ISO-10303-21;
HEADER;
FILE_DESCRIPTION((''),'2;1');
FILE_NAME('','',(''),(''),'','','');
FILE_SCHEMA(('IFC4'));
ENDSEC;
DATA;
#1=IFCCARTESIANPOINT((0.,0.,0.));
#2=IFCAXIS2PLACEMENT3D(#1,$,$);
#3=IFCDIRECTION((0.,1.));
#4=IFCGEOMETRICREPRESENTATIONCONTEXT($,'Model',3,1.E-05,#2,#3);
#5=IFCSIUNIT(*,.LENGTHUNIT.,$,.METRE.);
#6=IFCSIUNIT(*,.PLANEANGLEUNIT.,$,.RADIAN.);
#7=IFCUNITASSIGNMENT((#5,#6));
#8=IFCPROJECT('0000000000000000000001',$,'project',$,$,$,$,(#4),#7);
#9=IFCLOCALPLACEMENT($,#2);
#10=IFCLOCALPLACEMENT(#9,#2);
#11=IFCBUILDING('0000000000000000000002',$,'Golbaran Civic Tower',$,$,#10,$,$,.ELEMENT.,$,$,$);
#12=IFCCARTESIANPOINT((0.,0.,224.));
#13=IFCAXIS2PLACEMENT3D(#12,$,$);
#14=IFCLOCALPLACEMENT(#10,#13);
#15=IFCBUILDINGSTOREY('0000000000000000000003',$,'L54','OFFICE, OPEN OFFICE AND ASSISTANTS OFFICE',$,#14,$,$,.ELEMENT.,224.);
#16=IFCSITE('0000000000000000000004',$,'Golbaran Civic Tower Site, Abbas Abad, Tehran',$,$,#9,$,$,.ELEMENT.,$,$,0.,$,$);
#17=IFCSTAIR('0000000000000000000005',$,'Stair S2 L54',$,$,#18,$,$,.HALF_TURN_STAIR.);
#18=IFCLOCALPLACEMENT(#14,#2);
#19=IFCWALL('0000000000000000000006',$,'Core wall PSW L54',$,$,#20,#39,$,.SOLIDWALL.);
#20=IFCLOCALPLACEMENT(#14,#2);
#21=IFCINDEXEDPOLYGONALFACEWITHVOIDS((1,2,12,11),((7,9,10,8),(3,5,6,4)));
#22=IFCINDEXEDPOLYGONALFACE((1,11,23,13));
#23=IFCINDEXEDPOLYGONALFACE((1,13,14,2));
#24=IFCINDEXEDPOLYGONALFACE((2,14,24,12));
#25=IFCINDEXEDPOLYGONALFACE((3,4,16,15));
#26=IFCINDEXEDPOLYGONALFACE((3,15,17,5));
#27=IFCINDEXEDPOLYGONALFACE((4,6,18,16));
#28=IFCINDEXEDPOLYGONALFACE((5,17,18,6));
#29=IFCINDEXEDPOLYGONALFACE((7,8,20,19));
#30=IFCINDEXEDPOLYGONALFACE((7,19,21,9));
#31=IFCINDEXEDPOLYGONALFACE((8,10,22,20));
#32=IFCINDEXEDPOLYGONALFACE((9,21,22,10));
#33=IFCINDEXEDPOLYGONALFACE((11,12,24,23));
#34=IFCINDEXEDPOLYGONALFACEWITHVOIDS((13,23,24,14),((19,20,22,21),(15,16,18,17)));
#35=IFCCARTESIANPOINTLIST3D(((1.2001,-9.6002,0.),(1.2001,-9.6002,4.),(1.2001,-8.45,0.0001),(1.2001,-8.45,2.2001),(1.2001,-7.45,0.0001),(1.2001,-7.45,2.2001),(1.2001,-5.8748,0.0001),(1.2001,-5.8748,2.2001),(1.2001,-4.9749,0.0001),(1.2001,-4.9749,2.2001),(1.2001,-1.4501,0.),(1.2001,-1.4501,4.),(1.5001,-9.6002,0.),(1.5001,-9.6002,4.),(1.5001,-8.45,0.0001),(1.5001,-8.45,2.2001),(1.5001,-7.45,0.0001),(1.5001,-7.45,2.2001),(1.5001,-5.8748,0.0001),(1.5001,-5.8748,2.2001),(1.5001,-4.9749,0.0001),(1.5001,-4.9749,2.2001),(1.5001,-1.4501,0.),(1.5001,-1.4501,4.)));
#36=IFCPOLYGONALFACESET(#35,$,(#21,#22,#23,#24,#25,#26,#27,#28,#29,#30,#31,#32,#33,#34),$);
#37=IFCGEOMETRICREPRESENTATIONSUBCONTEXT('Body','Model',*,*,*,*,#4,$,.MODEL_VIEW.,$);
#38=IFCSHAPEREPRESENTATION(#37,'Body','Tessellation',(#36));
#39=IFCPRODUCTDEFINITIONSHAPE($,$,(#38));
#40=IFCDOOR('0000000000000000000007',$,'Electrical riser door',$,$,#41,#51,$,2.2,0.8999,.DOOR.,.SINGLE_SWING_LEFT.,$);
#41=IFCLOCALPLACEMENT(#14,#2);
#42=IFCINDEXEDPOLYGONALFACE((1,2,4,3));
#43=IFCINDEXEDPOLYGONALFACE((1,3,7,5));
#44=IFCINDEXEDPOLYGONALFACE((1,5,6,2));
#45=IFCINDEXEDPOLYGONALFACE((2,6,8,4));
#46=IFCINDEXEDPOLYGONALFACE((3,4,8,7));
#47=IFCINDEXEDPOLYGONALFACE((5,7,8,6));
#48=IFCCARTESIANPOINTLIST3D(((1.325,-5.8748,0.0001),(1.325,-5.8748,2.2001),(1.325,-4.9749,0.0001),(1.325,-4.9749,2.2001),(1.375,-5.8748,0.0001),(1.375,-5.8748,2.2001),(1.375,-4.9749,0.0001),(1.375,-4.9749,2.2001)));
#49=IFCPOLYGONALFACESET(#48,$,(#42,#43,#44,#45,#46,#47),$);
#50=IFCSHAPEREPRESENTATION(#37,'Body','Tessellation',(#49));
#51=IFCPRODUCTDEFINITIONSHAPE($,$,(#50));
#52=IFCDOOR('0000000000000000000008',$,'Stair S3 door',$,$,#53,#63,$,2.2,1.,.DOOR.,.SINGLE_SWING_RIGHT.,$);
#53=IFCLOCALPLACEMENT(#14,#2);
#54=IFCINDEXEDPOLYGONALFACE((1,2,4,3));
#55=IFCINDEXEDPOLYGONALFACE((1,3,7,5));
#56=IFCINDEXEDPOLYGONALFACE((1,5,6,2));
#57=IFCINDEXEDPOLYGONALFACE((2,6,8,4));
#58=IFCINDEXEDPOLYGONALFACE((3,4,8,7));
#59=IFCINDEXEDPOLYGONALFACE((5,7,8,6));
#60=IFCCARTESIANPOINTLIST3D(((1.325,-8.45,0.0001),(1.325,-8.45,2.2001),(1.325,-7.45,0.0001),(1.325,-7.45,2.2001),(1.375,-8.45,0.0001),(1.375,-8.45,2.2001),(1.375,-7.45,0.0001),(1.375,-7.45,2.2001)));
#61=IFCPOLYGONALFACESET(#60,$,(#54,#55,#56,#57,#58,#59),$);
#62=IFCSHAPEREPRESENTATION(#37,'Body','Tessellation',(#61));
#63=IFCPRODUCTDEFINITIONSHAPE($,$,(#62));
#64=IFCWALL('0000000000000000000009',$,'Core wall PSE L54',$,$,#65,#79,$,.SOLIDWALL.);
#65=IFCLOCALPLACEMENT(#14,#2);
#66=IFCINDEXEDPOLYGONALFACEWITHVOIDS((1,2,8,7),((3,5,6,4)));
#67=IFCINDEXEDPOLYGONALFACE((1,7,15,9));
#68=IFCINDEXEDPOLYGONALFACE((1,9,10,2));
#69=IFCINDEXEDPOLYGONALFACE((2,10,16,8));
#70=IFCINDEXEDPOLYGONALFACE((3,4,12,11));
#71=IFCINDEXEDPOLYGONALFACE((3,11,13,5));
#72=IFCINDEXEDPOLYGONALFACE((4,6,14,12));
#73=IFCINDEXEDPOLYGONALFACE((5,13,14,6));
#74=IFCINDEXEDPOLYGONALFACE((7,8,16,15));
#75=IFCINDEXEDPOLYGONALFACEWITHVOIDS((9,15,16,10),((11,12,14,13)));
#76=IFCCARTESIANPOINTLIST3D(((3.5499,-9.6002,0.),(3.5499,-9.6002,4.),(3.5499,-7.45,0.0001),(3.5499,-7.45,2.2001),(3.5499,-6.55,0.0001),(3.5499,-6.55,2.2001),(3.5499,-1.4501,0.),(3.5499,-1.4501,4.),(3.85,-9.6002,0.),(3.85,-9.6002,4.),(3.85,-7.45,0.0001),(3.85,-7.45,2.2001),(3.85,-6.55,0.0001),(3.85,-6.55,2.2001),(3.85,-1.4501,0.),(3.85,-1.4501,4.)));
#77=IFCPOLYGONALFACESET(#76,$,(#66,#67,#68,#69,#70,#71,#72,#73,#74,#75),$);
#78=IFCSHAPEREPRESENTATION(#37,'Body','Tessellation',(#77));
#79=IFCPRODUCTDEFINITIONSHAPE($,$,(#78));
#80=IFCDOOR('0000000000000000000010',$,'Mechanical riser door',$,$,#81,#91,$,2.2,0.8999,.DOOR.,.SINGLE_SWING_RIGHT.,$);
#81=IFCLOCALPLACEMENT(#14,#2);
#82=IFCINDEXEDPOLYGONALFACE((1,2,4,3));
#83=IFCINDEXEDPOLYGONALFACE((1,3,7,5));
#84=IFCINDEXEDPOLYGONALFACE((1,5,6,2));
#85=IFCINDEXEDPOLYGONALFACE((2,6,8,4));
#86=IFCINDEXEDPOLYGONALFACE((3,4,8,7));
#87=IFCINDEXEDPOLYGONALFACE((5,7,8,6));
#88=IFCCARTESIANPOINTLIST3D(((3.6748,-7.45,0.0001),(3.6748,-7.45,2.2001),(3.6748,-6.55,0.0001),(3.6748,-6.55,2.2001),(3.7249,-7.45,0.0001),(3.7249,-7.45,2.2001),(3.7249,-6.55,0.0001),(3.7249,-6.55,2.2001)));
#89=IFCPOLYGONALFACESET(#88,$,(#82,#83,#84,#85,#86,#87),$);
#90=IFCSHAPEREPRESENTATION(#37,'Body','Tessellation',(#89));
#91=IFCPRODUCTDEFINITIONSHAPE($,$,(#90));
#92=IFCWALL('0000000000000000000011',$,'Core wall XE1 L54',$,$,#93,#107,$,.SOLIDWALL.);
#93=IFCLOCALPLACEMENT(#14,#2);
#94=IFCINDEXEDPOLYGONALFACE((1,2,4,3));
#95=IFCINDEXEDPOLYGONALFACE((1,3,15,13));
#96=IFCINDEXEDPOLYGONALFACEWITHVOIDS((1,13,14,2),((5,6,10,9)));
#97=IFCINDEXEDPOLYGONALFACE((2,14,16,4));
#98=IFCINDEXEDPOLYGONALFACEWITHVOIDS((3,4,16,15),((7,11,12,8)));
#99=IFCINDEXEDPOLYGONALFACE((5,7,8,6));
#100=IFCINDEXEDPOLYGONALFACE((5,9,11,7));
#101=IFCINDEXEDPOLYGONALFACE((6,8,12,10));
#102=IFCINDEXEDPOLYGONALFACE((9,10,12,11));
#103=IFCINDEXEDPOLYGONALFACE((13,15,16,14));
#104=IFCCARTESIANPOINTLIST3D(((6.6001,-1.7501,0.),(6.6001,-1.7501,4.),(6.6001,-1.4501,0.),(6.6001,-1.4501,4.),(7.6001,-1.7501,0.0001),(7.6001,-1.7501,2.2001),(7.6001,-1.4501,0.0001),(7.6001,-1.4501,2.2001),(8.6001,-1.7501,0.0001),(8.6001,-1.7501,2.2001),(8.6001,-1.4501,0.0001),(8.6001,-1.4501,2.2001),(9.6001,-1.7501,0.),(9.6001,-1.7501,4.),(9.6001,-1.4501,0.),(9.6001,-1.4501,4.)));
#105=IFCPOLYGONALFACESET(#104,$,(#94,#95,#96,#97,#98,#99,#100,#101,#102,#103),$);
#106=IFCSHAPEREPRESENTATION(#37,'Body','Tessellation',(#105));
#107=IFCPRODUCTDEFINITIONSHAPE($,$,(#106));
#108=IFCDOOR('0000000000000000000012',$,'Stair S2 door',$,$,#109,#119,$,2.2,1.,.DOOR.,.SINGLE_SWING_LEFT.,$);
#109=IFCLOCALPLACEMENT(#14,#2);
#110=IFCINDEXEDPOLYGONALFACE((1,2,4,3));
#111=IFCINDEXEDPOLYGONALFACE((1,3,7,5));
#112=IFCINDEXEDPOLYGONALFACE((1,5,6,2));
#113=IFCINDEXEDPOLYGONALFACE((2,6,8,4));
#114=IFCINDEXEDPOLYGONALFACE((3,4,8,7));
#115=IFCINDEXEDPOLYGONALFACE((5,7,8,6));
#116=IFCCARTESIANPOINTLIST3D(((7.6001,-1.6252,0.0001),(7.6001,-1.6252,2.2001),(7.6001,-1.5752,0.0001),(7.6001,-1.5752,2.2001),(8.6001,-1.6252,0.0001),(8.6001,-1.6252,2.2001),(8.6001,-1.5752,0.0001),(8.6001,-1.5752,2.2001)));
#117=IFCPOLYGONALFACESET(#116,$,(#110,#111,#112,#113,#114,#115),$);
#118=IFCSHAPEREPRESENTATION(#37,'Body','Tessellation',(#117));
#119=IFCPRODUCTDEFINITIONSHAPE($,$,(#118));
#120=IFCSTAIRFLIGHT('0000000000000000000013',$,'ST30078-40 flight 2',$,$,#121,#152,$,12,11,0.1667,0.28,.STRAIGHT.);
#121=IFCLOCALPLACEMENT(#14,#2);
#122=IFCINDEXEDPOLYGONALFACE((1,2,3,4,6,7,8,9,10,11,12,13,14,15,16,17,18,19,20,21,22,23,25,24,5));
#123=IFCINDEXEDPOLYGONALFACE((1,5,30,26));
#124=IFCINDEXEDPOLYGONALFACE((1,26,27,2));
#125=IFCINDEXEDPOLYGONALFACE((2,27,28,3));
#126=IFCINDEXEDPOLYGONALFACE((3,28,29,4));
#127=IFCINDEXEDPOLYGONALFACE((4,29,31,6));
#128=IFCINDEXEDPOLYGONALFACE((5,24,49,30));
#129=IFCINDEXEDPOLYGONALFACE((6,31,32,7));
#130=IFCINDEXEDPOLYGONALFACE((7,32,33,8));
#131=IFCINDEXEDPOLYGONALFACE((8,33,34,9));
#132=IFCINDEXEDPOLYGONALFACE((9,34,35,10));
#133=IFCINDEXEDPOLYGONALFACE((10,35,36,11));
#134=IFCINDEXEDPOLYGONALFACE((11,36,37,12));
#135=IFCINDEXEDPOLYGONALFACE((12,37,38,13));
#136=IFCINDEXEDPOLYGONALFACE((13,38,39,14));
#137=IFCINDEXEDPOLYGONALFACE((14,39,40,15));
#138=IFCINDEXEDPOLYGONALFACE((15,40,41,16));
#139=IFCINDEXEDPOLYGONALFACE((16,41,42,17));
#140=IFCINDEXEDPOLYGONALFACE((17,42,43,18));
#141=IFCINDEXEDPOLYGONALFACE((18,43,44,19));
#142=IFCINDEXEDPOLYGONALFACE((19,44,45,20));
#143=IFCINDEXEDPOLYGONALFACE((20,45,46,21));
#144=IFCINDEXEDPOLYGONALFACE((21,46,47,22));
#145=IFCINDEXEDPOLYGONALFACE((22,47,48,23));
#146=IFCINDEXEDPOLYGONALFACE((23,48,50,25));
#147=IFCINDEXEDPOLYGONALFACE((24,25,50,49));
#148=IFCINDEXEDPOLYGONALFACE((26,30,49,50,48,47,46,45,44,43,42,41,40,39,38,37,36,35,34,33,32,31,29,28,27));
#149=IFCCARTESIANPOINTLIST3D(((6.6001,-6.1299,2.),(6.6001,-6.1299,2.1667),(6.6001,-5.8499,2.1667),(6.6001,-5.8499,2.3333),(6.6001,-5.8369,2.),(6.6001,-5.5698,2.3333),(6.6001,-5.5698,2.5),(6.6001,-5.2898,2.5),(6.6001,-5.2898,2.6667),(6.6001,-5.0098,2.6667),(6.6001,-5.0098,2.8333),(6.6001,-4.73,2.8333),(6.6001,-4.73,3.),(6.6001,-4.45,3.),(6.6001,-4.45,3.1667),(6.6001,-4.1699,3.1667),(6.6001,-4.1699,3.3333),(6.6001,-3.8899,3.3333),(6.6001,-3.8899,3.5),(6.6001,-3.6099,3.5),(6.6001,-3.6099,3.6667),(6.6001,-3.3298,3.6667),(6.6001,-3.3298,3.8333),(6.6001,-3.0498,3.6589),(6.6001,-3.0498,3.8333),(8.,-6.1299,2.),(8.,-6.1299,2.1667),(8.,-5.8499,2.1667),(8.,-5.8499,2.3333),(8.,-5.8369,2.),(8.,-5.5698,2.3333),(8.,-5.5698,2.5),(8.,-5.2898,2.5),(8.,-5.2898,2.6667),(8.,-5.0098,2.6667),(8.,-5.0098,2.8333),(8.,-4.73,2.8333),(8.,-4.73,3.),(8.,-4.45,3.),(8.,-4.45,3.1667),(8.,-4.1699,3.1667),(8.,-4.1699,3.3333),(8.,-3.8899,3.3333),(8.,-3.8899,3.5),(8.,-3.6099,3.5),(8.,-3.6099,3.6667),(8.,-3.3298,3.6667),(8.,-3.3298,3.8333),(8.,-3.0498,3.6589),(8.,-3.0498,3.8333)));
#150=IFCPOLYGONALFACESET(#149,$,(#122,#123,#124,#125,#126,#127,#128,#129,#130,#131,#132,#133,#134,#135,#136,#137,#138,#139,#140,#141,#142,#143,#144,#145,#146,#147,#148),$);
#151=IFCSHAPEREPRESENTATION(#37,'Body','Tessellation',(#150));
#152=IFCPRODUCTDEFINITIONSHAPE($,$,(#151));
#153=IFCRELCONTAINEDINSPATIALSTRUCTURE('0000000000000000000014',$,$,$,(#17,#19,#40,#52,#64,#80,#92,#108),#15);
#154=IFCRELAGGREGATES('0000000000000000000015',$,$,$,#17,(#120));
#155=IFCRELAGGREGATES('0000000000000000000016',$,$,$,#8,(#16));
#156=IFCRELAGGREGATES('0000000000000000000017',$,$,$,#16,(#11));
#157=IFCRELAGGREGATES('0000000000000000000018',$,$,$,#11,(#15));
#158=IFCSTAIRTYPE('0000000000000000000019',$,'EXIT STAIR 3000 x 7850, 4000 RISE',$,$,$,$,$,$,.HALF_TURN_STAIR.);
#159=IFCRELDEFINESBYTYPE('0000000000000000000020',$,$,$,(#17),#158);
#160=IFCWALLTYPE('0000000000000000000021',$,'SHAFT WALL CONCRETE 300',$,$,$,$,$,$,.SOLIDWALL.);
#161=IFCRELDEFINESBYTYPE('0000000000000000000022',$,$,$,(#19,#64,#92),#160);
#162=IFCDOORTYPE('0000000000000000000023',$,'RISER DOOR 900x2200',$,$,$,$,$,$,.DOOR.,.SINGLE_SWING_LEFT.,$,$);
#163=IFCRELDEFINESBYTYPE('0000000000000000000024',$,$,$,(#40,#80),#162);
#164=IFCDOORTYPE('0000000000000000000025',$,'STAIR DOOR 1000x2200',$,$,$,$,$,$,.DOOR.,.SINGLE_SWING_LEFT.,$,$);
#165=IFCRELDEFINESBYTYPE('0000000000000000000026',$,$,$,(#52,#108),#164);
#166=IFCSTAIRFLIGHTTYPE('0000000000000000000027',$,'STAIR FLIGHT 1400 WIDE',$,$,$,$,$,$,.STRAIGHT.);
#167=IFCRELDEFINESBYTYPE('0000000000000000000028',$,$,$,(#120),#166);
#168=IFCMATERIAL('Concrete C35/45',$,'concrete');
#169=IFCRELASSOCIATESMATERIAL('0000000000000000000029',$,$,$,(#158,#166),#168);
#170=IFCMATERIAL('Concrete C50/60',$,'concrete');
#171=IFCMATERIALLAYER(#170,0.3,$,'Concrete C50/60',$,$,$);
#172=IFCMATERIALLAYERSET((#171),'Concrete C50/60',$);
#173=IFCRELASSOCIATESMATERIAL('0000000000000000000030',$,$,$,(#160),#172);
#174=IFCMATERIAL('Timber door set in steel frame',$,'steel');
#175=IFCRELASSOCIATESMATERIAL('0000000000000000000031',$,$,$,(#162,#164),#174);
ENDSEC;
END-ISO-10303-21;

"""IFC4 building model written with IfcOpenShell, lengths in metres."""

from ifc_helpers import new_model, si_unit, direction, frame, frame_2d, origin, place, context, subcontext, project, spatial, polyline, rectangle, outline, extrude, material, layer, layer_set, type_object, element, fill, aggregate, save


model = new_model("IFC4")

# Units and contexts
model_context = context("Model", 3, precision=1e-05, world=origin(), true_north=direction((0.0, 1.0)))
body_context = subcontext(model_context, "Body", "Model", "MODEL_VIEW")
ifc_project = project(units=[si_unit("LENGTHUNIT", "METRE"), si_unit("PLANEANGLEUNIT", "RADIAN")], contexts=[model_context])

# Site, building, storey
site_placement = place(None, origin())
site = spatial("IfcSite", under=ifc_project, at=site_placement, Name="Golbaran Civic Tower Site, Abbas Abad, Tehran", CompositionType="ELEMENT", RefElevation=0.0)
building_placement = place(site_placement, origin())
building = spatial("IfcBuilding", under=site, at=building_placement, Name="Golbaran Civic Tower", CompositionType="ELEMENT")
storey_placement = place(building_placement, frame((0.0, 0.0, 224.0)))
storey = spatial("IfcBuildingStorey", under=building, at=storey_placement, Name="L54", Description="OFFICE, OPEN OFFICE AND ASSISTANTS OFFICE", CompositionType="ELEMENT", Elevation=224.0)

# Shared definitions
ifc_material_1 = material(Name="Concrete C35/45", Category="concrete")

# Stair
stair_type = type_object("IfcStairType", Name="EXIT STAIR 3000 x 7850, 4000 RISE", PredefinedType="HALF_TURN_STAIR", material=ifc_material_1)
stair_placement = place(storey_placement, origin())
stair = element("IfcStair", 1, at=stair_placement, inside=storey, type_object=stair_type, Name="Stair S2 L54", PredefinedType="HALF_TURN_STAIR")

# Shared definitions
ifc_material_2 = material(Name="Timber door set in steel frame", Category="steel")

# Shared definitions
ifc_material_3 = material(Name="Concrete C50/60", Category="concrete")
ifc_layer_1 = layer(ifc_material_3, 0.3, Name="Concrete C50/60")
ifc_layer_set_1 = layer_set([ifc_layer_1], Name="Concrete C50/60")
wall_type_1 = type_object("IfcWallType", Name="SHAFT WALL CONCRETE 300", PredefinedType="SOLIDWALL", material=ifc_layer_set_1)

# Wall, openings, doors
wall_1_placement = place(storey_placement, frame((1.3501, -1.45, 0.0), z_axis=(0.0, 0.0, 1.0), x_axis=(0.0, -1.0, 0.0)))
wall_1 = element("IfcWall", 2, at=wall_1_placement, inside=storey, type_object=wall_type_1, Name="Core wall PSW L54", PredefinedType="SOLIDWALL", context=body_context, shape_type="SweptSolid", body=[
    extrude(rectangle(XDim=8.1501, YDim=0.3, at=frame_2d((4.0752, 0.0))), origin(), (0.0, 0.0, 1.0), 4.0),
])
opening_1_placement = place(wall_1_placement, frame((6.0, 0.0, 0.0)))
opening_1 = element("IfcOpeningElement", 3, at=opening_1_placement, cuts=wall_1, PredefinedType="OPENING", context=body_context, shape_type="SweptSolid", body=[
    extrude(rectangle(XDim=1.0, YDim=2.2, at=frame_2d((0.5, 1.1001))), frame((0.0, 0.1599, 0.0), z_axis=(0.0, -1.0, 0.0), x_axis=(1.0, 0.0, 0.0)), (0.0, 0.0, 1.0), 0.3201),
])
opening_2_placement = place(wall_1_placement, frame((3.5249, 0.0, 0.0)))
opening_2 = element("IfcOpeningElement", 4, at=opening_2_placement, cuts=wall_1, PredefinedType="OPENING", context=body_context, shape_type="SweptSolid", body=[
    extrude(rectangle(XDim=0.8999, YDim=2.2, at=frame_2d((0.45, 1.1001))), frame((0.0, 0.1599, 0.0), z_axis=(0.0, -1.0, 0.0), x_axis=(1.0, 0.0, 0.0)), (0.0, 0.0, 1.0), 0.3201),
])
door_type_1 = type_object("IfcDoorType", Name="RISER DOOR 900x2200", OperationType="SINGLE_SWING_LEFT", PredefinedType="DOOR", material=ifc_material_2)
door_1_placement = place(opening_2_placement, origin())
door_1 = element("IfcDoor", 5, at=door_1_placement, inside=storey, type_object=door_type_1, Name="Electrical riser door", OperationType="SINGLE_SWING_LEFT", OverallHeight=2.2, OverallWidth=0.8999, PredefinedType="DOOR", context=body_context, shape_type="SweptSolid", body=[
    extrude(rectangle(XDim=0.8999, YDim=2.2, at=frame_2d((0.45, 1.1001))), frame((0.0, 0.0249, 0.0), z_axis=(0.0, -1.0, 0.0), x_axis=(1.0, 0.0, 0.0)), (0.0, 0.0, 1.0), 0.05),
])
fill(opening_2, door_1)
door_type_2 = type_object("IfcDoorType", Name="STAIR DOOR 1000x2200", OperationType="SINGLE_SWING_LEFT", PredefinedType="DOOR", material=ifc_material_2)
door_2_placement = place(opening_1_placement, origin())
door_2 = element("IfcDoor", 6, at=door_2_placement, inside=storey, type_object=door_type_2, Name="Stair S3 door", OperationType="SINGLE_SWING_RIGHT", OverallHeight=2.2, OverallWidth=1.0, PredefinedType="DOOR", context=body_context, shape_type="SweptSolid", body=[
    extrude(rectangle(XDim=1.0, YDim=2.2, at=frame_2d((0.5, 1.1001))), frame((0.0, 0.0249, 0.0), z_axis=(0.0, -1.0, 0.0), x_axis=(1.0, 0.0, 0.0)), (0.0, 0.0, 1.0), 0.05),
])
fill(opening_1, door_2)

# Walls, openings, doors
wall_2_placement = place(storey_placement, frame((3.7, -1.45, 0.0), z_axis=(0.0, 0.0, 1.0), x_axis=(0.0, -1.0, 0.0)))
wall_2 = element("IfcWall", 7, at=wall_2_placement, inside=storey, type_object=wall_type_1, Name="Core wall PSE L54", PredefinedType="SOLIDWALL", context=body_context, shape_type="SweptSolid", body=[
    extrude(rectangle(XDim=8.1501, YDim=0.3, at=frame_2d((4.0752, 0.0))), origin(), (0.0, 0.0, 1.0), 4.0),
])
opening_3_placement = place(wall_2_placement, frame((5.1001, 0.0, 0.0)))
opening_3 = element("IfcOpeningElement", 8, at=opening_3_placement, cuts=wall_2, PredefinedType="OPENING", context=body_context, shape_type="SweptSolid", body=[
    extrude(rectangle(XDim=0.8999, YDim=2.2, at=frame_2d((0.45, 1.1001))), frame((0.0, 0.1599, 0.0), z_axis=(0.0, -1.0, 0.0), x_axis=(1.0, 0.0, 0.0)), (0.0, 0.0, 1.0), 0.3201),
])
door_3_placement = place(opening_3_placement, origin())
door_3 = element("IfcDoor", 9, at=door_3_placement, inside=storey, type_object=door_type_1, Name="Mechanical riser door", OperationType="SINGLE_SWING_RIGHT", OverallHeight=2.2, OverallWidth=0.8999, PredefinedType="DOOR", context=body_context, shape_type="SweptSolid", body=[
    extrude(rectangle(XDim=0.8999, YDim=2.2, at=frame_2d((0.45, 1.1001))), frame((0.0, 0.0249, 0.0), z_axis=(0.0, -1.0, 0.0), x_axis=(1.0, 0.0, 0.0)), (0.0, 0.0, 1.0), 0.05),
])
fill(opening_3, door_3)
wall_3_placement = place(storey_placement, frame((6.6001, -1.6001, 0.0), z_axis=(0.0, 0.0, 1.0), x_axis=(1.0, 0.0, 0.0)))
wall_3 = element("IfcWall", 10, at=wall_3_placement, inside=storey, type_object=wall_type_1, Name="Core wall XE1 L54", PredefinedType="SOLIDWALL", context=body_context, shape_type="SweptSolid", body=[
    extrude(rectangle(XDim=3.0, YDim=0.3, at=frame_2d((1.5, 0.0))), origin(), (0.0, 0.0, 1.0), 4.0),
])
opening_4_placement = place(wall_3_placement, frame((1.0, 0.0, 0.0)))
opening_4 = element("IfcOpeningElement", 11, at=opening_4_placement, cuts=wall_3, PredefinedType="OPENING", context=body_context, shape_type="SweptSolid", body=[
    extrude(rectangle(XDim=1.0, YDim=2.2, at=frame_2d((0.5, 1.1001))), frame((0.0, 0.1599, 0.0), z_axis=(0.0, -1.0, 0.0), x_axis=(1.0, 0.0, 0.0)), (0.0, 0.0, 1.0), 0.3201),
])
door_4_placement = place(opening_4_placement, origin())
door_4 = element("IfcDoor", 12, at=door_4_placement, inside=storey, type_object=door_type_2, Name="Stair S2 door", OperationType="SINGLE_SWING_LEFT", OverallHeight=2.2, OverallWidth=1.0, PredefinedType="DOOR", context=body_context, shape_type="SweptSolid", body=[
    extrude(rectangle(XDim=1.0, YDim=2.2, at=frame_2d((0.5, 1.1001))), frame((0.0, 0.0249, 0.0), z_axis=(0.0, -1.0, 0.0), x_axis=(1.0, 0.0, 0.0)), (0.0, 0.0, 1.0), 0.05),
])
fill(opening_4, door_4)

# Stair flight
stair_flight_type = type_object("IfcStairFlightType", Name="STAIR FLIGHT 1400 WIDE", PredefinedType="STRAIGHT", material=ifc_material_1)
stair_flight_placement = place(storey_placement, frame((7.3, -6.1299, 2.0), z_axis=(0.0, 0.0, 1.0), x_axis=(0.0, 1.0, 0.0)))
stair_flight = element("IfcStairFlight", 13, at=stair_flight_placement, type_object=stair_flight_type, Name="ST30078-40 flight 2", NumberOfRisers=12, NumberOfTreads=11, PredefinedType="STRAIGHT", RiserHeight=0.1667, TreadLength=0.28, context=body_context, shape_type="SweptSolid", body=[
    extrude(outline(polyline([(0.0, 0.0), (0.0, 0.1667), (0.28, 0.1667), (0.28, 0.3333), (0.5601, 0.3333), (0.5601, 0.5), (0.8401, 0.5), (0.8401, 0.6667), (1.1201, 0.6667), (1.1201, 0.8333), (1.3999, 0.8333), (1.3999, 1.0), (1.6799, 1.0), (1.6799, 1.1667), (1.96, 1.1667), (1.96, 1.3333), (2.24, 1.3333), (2.24, 1.5), (2.52, 1.5), (2.52, 1.6667), (2.8, 1.6667), (2.8, 1.8333), (3.0801, 1.8333), (3.0801, 2.0), (3.0801, 1.6589), (0.293, 0.0), (0.0, 0.0)])), frame((0.0, 0.7, 0.0), z_axis=(0.0, -1.0, 0.0), x_axis=(1.0, 0.0, 0.0)), (0.0, 0.0, 1.0), 1.3999),
])
aggregate(stair, [stair_flight])

save(model, "model.ifc")
